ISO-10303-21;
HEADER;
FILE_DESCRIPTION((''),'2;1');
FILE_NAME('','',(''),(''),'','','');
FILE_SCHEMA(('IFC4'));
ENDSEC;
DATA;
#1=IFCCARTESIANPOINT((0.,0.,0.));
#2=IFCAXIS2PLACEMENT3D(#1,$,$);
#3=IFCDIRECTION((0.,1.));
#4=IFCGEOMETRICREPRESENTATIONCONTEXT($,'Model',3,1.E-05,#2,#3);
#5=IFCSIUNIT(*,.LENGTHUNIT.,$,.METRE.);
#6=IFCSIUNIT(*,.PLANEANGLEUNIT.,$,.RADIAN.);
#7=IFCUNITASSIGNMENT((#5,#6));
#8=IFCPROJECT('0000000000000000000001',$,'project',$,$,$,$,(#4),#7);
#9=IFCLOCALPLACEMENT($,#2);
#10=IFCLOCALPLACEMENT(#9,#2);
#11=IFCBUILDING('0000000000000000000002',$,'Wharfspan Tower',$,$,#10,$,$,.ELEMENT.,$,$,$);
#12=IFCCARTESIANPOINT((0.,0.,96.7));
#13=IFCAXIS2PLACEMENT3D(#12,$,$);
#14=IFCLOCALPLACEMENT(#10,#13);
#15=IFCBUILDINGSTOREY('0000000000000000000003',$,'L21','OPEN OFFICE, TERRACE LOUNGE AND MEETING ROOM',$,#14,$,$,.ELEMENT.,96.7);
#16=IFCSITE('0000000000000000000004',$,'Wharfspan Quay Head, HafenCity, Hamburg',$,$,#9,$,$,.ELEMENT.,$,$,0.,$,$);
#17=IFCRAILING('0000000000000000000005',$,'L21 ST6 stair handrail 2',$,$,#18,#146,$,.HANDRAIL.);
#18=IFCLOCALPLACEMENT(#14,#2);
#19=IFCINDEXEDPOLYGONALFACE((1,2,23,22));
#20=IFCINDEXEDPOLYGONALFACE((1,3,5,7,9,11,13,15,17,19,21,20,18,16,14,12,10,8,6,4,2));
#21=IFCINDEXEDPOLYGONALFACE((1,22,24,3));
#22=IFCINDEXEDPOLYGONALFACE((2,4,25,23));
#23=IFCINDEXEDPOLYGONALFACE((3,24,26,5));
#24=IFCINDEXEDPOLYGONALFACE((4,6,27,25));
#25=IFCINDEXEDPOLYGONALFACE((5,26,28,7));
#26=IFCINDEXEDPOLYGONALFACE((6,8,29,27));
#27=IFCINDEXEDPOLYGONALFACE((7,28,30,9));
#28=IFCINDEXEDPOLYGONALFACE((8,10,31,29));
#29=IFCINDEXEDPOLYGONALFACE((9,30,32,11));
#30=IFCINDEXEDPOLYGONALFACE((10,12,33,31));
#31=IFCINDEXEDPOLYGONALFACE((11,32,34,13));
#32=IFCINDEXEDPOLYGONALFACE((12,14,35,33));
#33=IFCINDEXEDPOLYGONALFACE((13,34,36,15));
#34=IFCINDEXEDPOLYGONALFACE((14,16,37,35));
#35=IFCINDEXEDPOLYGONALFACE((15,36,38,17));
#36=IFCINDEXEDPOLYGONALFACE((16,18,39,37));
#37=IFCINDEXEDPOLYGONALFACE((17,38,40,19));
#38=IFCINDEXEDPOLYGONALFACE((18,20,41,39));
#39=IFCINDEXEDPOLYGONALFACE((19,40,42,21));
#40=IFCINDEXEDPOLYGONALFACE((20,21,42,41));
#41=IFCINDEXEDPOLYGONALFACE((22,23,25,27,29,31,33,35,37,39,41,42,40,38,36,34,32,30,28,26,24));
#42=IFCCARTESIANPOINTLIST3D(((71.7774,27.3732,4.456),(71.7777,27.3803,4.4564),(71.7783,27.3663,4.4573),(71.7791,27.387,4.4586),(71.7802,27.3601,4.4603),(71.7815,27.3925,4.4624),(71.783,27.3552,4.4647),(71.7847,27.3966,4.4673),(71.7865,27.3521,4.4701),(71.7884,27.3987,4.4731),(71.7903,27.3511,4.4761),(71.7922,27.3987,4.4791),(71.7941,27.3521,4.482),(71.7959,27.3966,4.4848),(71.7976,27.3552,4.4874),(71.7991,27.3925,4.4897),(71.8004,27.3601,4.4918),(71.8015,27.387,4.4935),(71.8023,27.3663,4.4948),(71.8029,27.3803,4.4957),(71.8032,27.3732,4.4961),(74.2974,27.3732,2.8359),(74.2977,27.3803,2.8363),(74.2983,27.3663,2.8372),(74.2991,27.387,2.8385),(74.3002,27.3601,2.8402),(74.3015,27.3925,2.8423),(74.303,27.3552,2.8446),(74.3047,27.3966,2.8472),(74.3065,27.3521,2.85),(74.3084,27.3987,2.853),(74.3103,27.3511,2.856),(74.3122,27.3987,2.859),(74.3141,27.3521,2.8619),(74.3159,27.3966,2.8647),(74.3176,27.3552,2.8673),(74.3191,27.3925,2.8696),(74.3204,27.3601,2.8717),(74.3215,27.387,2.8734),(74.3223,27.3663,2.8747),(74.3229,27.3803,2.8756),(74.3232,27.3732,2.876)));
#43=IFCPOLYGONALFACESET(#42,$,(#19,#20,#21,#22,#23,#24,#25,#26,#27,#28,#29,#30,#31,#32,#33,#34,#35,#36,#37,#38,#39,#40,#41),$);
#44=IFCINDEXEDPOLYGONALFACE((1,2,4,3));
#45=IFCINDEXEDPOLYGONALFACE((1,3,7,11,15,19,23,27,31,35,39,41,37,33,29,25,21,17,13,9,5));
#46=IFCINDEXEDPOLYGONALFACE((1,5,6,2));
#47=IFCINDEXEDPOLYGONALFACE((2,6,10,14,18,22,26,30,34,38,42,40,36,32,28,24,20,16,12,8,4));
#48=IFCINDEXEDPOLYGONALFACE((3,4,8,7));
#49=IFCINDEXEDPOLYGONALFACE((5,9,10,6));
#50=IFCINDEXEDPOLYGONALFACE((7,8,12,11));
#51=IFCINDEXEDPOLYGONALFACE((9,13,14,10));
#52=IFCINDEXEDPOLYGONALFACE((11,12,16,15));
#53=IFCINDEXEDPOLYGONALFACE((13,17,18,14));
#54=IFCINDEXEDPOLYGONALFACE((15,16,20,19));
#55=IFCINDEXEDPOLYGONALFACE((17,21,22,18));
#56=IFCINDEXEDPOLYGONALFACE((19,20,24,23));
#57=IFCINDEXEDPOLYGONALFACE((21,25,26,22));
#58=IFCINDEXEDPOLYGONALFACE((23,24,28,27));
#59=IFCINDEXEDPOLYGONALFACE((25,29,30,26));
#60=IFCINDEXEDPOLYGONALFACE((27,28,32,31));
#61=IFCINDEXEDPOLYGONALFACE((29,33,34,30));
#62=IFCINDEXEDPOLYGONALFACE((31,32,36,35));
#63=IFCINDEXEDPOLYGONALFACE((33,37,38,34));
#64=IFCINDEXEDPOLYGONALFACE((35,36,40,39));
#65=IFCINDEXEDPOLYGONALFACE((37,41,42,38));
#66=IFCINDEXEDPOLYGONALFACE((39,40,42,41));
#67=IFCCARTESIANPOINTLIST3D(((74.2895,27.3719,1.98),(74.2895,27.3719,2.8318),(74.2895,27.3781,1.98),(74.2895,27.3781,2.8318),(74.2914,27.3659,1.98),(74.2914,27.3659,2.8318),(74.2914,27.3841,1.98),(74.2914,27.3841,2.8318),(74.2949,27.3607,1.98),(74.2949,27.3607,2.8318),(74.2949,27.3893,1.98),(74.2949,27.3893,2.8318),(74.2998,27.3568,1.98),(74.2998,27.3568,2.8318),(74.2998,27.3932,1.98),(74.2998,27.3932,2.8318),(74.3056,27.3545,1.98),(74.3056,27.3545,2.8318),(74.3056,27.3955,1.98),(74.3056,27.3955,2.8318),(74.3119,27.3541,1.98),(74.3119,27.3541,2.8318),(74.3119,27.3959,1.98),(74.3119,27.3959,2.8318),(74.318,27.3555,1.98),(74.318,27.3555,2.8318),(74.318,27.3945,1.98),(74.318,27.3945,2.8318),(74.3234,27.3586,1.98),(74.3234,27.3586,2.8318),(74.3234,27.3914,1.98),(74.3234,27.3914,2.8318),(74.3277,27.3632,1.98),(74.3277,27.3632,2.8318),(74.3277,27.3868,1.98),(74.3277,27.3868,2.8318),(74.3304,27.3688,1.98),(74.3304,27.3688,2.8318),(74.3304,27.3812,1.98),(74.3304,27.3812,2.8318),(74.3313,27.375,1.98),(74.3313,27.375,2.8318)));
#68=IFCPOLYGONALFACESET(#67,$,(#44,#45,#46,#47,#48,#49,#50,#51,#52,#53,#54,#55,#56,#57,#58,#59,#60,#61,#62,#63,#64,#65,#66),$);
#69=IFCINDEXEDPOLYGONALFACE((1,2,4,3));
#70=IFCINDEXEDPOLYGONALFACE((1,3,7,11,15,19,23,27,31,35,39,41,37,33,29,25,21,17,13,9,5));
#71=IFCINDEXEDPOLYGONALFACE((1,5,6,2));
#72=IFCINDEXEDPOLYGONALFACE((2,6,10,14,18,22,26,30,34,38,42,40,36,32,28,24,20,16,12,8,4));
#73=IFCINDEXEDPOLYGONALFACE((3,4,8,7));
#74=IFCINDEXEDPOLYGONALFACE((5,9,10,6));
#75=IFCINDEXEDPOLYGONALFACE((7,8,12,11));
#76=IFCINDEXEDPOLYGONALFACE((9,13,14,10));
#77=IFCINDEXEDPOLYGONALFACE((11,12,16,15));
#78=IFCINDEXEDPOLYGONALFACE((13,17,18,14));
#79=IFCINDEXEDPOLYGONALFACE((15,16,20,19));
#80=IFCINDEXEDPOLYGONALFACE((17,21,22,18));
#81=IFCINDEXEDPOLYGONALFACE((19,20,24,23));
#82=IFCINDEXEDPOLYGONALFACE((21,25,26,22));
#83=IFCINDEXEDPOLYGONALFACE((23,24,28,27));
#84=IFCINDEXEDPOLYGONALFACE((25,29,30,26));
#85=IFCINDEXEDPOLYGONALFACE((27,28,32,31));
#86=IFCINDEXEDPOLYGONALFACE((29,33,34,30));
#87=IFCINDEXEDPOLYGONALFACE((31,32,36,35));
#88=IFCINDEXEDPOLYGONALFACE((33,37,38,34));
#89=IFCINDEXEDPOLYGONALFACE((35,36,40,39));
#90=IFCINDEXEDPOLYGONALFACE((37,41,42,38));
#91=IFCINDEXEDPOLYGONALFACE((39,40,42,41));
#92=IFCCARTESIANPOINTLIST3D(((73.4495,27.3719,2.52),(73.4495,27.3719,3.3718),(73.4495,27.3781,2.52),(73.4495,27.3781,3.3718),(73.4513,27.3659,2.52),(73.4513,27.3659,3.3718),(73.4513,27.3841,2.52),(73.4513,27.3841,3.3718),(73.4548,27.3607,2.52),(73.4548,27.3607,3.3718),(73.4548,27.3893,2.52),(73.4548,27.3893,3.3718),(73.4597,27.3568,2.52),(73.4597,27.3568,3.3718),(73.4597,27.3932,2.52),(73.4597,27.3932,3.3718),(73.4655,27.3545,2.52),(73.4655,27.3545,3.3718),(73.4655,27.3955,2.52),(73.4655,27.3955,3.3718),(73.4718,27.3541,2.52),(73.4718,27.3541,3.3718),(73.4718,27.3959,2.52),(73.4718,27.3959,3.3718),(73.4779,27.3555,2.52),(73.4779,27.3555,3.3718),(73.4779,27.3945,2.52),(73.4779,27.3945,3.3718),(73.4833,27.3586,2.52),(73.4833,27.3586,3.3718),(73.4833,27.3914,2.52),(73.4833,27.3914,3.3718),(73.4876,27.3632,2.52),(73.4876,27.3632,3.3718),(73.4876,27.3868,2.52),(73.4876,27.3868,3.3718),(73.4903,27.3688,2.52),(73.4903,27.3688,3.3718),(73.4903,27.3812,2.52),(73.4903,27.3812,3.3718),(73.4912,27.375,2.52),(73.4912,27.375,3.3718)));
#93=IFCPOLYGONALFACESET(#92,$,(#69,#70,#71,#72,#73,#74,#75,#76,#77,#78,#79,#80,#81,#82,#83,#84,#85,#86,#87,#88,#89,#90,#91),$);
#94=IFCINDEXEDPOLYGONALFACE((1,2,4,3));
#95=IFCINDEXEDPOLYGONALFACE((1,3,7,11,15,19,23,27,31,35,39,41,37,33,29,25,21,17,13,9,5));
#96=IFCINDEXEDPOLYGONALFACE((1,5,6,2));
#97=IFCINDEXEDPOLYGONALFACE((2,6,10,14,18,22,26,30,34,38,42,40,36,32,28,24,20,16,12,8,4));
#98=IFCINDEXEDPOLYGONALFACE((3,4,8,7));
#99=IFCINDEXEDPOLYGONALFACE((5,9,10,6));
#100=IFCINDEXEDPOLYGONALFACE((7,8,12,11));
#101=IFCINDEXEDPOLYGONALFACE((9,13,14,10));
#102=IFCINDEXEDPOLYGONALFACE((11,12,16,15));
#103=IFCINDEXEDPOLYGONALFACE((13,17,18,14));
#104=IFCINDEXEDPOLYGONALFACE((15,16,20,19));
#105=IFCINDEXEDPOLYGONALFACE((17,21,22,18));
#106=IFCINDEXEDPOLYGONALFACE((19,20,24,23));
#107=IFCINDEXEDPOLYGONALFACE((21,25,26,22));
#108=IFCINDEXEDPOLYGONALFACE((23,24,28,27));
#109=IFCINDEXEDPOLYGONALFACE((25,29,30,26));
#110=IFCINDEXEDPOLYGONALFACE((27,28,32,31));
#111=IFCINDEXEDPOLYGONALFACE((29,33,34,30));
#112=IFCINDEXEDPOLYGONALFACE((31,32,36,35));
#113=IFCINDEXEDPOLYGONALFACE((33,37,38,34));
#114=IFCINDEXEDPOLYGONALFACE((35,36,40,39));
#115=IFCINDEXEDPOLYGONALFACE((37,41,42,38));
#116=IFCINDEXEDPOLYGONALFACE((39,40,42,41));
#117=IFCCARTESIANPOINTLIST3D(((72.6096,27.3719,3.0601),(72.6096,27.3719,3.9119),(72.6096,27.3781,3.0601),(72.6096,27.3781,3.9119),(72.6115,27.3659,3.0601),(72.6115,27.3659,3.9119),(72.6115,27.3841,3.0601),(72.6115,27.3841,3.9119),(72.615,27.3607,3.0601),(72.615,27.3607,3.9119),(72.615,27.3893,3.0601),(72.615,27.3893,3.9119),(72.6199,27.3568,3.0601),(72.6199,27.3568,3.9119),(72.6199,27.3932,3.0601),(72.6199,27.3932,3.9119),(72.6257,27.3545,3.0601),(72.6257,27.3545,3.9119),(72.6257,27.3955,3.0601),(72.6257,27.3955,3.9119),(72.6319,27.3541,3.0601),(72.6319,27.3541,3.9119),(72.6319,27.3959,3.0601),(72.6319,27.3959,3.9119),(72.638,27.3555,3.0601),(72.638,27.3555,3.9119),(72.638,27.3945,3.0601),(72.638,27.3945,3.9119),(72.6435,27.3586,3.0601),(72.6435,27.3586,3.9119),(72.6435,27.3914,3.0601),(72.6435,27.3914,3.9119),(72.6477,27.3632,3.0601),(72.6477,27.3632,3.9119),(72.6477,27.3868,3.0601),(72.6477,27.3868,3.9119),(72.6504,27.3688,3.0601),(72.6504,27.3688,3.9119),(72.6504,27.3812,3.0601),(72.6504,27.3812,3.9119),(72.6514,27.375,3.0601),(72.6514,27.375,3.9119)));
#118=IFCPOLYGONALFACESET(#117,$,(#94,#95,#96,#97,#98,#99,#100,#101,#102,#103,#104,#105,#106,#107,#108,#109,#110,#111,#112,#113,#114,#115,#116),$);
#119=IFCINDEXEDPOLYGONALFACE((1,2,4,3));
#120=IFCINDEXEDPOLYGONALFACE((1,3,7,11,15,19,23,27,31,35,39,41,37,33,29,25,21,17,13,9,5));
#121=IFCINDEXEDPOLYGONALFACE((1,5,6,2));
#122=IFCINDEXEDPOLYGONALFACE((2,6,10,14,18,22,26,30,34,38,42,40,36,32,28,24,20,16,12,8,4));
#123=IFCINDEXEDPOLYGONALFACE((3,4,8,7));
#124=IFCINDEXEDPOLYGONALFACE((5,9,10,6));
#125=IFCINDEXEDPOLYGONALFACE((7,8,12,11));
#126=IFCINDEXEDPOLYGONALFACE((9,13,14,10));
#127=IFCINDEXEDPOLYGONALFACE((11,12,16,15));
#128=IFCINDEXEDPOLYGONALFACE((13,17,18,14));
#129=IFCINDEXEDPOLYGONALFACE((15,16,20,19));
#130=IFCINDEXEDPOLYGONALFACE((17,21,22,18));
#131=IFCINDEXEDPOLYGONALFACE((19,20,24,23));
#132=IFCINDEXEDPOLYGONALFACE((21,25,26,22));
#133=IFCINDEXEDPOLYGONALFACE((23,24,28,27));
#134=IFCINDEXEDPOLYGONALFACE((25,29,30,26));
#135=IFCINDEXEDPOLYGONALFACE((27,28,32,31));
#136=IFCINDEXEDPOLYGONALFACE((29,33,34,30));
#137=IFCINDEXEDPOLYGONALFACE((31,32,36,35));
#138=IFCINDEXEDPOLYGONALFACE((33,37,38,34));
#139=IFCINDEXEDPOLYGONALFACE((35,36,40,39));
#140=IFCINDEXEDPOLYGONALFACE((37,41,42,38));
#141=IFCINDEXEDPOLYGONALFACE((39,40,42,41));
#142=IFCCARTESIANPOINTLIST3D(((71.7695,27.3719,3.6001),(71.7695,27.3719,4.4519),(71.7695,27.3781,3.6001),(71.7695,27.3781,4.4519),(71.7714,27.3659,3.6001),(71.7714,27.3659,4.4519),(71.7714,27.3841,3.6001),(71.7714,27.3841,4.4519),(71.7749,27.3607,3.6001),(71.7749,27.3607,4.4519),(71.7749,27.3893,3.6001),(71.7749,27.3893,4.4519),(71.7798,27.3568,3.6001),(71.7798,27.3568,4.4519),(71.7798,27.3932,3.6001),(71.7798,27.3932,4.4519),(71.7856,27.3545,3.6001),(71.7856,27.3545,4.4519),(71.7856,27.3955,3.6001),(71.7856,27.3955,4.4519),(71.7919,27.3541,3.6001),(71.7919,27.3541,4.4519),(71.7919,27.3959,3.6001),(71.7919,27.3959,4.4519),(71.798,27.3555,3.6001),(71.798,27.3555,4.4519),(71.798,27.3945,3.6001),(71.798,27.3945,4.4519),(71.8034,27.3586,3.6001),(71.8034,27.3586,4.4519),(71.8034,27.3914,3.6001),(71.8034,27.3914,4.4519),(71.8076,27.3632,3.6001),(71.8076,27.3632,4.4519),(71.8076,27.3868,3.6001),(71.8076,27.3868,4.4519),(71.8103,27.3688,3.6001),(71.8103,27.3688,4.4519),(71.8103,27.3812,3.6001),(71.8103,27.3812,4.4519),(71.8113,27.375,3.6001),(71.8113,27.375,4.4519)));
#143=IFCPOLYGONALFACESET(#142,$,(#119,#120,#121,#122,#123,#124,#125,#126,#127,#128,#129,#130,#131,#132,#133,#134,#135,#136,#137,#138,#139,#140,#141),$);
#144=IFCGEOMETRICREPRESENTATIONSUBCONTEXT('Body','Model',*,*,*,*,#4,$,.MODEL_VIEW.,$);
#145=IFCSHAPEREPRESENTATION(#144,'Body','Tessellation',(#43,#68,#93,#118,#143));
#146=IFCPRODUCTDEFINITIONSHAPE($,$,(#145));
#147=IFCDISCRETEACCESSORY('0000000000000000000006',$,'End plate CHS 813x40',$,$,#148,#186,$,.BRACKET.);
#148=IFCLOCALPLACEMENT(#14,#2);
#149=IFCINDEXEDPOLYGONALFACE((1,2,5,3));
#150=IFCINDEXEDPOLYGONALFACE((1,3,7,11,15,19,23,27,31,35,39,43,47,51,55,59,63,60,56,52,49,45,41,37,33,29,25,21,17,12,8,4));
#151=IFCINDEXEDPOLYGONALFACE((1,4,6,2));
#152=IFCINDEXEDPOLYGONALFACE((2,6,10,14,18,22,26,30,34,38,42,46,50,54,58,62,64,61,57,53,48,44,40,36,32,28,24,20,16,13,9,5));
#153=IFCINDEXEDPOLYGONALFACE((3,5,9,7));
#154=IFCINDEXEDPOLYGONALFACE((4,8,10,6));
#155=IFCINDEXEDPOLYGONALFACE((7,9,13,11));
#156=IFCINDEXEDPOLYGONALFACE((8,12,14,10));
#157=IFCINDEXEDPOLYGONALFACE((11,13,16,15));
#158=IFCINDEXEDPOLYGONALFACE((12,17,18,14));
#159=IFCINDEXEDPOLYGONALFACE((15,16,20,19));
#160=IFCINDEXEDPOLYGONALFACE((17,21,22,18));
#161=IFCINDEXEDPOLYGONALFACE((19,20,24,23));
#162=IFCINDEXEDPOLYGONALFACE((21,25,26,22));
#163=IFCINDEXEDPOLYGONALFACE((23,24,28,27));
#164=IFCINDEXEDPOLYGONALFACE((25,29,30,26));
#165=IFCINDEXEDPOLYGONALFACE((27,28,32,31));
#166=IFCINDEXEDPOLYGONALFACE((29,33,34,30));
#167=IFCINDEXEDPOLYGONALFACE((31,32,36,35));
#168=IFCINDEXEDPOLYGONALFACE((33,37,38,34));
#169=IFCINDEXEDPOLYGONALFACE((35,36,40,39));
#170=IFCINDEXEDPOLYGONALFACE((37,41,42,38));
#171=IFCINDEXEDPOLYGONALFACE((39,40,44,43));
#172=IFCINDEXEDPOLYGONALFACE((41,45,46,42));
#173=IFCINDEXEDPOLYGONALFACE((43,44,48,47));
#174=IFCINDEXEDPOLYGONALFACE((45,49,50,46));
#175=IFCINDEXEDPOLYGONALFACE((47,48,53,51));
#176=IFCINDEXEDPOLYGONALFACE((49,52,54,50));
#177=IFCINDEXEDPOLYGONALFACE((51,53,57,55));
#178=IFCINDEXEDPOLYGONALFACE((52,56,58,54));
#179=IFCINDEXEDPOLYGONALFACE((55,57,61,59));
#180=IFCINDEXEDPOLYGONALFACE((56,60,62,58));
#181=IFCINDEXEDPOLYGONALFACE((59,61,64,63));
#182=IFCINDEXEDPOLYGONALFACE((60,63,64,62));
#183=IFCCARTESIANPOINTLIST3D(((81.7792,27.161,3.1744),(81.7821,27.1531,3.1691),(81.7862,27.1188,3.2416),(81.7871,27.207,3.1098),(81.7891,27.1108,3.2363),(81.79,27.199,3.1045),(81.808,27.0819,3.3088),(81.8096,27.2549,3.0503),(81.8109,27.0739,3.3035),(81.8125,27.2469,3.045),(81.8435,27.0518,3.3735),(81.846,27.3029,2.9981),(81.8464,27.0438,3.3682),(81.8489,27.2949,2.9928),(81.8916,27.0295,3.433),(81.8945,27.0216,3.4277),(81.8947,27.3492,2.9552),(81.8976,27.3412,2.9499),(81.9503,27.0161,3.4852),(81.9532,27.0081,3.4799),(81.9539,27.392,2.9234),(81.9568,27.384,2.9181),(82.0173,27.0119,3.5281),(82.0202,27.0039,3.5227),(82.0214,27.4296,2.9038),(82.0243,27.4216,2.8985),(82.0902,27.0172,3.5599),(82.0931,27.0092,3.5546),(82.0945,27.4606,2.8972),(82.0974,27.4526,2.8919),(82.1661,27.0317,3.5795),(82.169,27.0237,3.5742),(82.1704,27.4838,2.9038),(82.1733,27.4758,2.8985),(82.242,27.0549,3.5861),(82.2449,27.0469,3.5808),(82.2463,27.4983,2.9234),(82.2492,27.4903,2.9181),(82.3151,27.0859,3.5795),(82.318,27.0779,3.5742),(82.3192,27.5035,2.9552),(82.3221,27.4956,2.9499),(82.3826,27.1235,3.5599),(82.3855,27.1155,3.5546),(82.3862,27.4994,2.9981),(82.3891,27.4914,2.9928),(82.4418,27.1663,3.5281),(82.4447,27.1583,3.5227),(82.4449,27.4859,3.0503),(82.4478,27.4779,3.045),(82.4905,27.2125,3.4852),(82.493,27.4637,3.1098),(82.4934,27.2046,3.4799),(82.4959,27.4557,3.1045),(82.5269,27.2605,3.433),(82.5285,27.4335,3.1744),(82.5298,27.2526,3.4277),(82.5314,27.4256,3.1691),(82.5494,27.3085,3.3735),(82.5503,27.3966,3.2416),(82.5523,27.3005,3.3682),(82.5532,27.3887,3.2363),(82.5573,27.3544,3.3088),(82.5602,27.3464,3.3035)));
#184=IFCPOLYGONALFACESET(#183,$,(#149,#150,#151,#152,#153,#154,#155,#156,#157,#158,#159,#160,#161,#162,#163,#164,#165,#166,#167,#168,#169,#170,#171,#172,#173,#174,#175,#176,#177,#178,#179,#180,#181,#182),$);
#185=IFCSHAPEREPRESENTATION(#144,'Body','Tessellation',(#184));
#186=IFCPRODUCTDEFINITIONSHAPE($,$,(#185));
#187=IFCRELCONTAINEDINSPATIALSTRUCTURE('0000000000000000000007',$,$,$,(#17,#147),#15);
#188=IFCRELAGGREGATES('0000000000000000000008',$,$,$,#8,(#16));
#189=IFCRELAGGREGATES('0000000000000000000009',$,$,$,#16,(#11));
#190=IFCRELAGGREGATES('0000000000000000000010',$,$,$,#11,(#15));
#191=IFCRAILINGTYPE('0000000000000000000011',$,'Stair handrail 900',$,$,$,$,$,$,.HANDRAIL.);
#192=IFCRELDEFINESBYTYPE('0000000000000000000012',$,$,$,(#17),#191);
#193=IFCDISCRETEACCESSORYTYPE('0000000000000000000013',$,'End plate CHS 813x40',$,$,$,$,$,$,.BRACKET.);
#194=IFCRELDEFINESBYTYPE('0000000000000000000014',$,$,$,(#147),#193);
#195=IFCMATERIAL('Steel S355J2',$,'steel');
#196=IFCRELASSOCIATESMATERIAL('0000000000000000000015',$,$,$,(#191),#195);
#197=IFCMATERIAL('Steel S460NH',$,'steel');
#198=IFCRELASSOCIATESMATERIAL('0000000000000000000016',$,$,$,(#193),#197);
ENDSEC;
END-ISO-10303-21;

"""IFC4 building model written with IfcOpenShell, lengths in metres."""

from ifc_helpers import new_model, si_unit, direction, frame, origin, origin_2d, place, context, subcontext, project, spatial, circle, extrude, material, material_profile, profile_set, type_object, element, save


model = new_model("IFC4")

# Units and contexts
model_context = context("Model", 3, precision=1e-05, world=origin(), true_north=direction((0.0, 1.0)))
body_context = subcontext(model_context, "Body", "Model", "MODEL_VIEW")
ifc_project = project(units=[si_unit("LENGTHUNIT", "METRE"), si_unit("PLANEANGLEUNIT", "RADIAN")], contexts=[model_context])

# Site, building, storey
site_placement = place(None, origin())
site = spatial("IfcSite", under=ifc_project, at=site_placement, Name="Wharfspan Quay Head, HafenCity, Hamburg", CompositionType="ELEMENT", RefElevation=0.0)
building_placement = place(site_placement, origin())
building = spatial("IfcBuilding", under=site, at=building_placement, Name="Wharfspan Tower", CompositionType="ELEMENT")
storey_placement = place(building_placement, frame((0.0, 0.0, 96.7)))
storey = spatial("IfcBuildingStorey", under=building, at=storey_placement, Name="L21", Description="OPEN OFFICE, TERRACE LOUNGE AND MEETING ROOM", CompositionType="ELEMENT", Elevation=96.7)

# Shared definitions
ifc_material_1 = material(Name="Steel S355J2", Category="steel")

# Shared definitions
ifc_material_2 = material(Name="Steel S460NH", Category="steel")

# Railing
railing_type = type_object("IfcRailingType", Name="Stair handrail 900", PredefinedType="HANDRAIL", material=ifc_material_1)
railing_placement = place(storey_placement, frame((74.3103, 27.375, 1.98)))
element("IfcRailing", 1, at=railing_placement, inside=storey, type_object=railing_type, Name="L21 ST6 stair handrail 2", PredefinedType="HANDRAIL", context=body_context, shape_type="SweptSolid", body=[
    extrude(circle(Radius=0.0239, at=origin_2d()), frame((0.0, 0.0, 0.876), z_axis=(-0.841163, 0.0, 0.540782), x_axis=(0.0, -1.0, 0.0)), (0.0, 0.0, 1.0), 2.9958),
    extrude(circle(Radius=0.021, at=origin_2d()), origin(), (0.0, 0.0, 1.0), 0.8518),
    extrude(circle(Radius=0.021, at=origin_2d()), frame((-0.8401, 0.0, 0.54)), (0.0, 0.0, 1.0), 0.8518),
    extrude(circle(Radius=0.021, at=origin_2d()), frame((-1.6799, 0.0, 1.0801)), (0.0, 0.0, 1.0), 0.8518),
    extrude(circle(Radius=0.021, at=origin_2d()), frame((-2.52, 0.0, 1.6201)), (0.0, 0.0, 1.0), 0.8518),
])

# Discrete accessory
ifc_material_profile_1 = material_profile(ifc_material_2, circle(Radius=0.4065, at=origin_2d()))
ifc_profile_set_1 = profile_set([ifc_material_profile_1], Name="Steel S460NH")
discrete_accessory_type = type_object("IfcDiscreteAccessoryType", Name="End plate CHS 813x40", PredefinedType="BRACKET", material=ifc_profile_set_1)
for number, where, z_axis, x_axis, name in (
    (2, (82.1711, 27.2498, 3.2363), (-0.289598, 0.796395, 0.53093), (-0.939792, -0.341743, 0.000001), "End plate CHS 813x40"),
):
    element("IfcDiscreteAccessory", number, at=place(storey_placement, frame(where, z_axis=z_axis, x_axis=x_axis)), inside=storey, type_object=discrete_accessory_type, Name=name, PredefinedType="BRACKET", context=body_context, shape_type="SweptSolid", body=[
        extrude(circle(Radius=0.4065, at=origin_2d()), origin(), (0.0, 0.0, 1.0), 0.01),
    ])

save(model, "model.ifc")
